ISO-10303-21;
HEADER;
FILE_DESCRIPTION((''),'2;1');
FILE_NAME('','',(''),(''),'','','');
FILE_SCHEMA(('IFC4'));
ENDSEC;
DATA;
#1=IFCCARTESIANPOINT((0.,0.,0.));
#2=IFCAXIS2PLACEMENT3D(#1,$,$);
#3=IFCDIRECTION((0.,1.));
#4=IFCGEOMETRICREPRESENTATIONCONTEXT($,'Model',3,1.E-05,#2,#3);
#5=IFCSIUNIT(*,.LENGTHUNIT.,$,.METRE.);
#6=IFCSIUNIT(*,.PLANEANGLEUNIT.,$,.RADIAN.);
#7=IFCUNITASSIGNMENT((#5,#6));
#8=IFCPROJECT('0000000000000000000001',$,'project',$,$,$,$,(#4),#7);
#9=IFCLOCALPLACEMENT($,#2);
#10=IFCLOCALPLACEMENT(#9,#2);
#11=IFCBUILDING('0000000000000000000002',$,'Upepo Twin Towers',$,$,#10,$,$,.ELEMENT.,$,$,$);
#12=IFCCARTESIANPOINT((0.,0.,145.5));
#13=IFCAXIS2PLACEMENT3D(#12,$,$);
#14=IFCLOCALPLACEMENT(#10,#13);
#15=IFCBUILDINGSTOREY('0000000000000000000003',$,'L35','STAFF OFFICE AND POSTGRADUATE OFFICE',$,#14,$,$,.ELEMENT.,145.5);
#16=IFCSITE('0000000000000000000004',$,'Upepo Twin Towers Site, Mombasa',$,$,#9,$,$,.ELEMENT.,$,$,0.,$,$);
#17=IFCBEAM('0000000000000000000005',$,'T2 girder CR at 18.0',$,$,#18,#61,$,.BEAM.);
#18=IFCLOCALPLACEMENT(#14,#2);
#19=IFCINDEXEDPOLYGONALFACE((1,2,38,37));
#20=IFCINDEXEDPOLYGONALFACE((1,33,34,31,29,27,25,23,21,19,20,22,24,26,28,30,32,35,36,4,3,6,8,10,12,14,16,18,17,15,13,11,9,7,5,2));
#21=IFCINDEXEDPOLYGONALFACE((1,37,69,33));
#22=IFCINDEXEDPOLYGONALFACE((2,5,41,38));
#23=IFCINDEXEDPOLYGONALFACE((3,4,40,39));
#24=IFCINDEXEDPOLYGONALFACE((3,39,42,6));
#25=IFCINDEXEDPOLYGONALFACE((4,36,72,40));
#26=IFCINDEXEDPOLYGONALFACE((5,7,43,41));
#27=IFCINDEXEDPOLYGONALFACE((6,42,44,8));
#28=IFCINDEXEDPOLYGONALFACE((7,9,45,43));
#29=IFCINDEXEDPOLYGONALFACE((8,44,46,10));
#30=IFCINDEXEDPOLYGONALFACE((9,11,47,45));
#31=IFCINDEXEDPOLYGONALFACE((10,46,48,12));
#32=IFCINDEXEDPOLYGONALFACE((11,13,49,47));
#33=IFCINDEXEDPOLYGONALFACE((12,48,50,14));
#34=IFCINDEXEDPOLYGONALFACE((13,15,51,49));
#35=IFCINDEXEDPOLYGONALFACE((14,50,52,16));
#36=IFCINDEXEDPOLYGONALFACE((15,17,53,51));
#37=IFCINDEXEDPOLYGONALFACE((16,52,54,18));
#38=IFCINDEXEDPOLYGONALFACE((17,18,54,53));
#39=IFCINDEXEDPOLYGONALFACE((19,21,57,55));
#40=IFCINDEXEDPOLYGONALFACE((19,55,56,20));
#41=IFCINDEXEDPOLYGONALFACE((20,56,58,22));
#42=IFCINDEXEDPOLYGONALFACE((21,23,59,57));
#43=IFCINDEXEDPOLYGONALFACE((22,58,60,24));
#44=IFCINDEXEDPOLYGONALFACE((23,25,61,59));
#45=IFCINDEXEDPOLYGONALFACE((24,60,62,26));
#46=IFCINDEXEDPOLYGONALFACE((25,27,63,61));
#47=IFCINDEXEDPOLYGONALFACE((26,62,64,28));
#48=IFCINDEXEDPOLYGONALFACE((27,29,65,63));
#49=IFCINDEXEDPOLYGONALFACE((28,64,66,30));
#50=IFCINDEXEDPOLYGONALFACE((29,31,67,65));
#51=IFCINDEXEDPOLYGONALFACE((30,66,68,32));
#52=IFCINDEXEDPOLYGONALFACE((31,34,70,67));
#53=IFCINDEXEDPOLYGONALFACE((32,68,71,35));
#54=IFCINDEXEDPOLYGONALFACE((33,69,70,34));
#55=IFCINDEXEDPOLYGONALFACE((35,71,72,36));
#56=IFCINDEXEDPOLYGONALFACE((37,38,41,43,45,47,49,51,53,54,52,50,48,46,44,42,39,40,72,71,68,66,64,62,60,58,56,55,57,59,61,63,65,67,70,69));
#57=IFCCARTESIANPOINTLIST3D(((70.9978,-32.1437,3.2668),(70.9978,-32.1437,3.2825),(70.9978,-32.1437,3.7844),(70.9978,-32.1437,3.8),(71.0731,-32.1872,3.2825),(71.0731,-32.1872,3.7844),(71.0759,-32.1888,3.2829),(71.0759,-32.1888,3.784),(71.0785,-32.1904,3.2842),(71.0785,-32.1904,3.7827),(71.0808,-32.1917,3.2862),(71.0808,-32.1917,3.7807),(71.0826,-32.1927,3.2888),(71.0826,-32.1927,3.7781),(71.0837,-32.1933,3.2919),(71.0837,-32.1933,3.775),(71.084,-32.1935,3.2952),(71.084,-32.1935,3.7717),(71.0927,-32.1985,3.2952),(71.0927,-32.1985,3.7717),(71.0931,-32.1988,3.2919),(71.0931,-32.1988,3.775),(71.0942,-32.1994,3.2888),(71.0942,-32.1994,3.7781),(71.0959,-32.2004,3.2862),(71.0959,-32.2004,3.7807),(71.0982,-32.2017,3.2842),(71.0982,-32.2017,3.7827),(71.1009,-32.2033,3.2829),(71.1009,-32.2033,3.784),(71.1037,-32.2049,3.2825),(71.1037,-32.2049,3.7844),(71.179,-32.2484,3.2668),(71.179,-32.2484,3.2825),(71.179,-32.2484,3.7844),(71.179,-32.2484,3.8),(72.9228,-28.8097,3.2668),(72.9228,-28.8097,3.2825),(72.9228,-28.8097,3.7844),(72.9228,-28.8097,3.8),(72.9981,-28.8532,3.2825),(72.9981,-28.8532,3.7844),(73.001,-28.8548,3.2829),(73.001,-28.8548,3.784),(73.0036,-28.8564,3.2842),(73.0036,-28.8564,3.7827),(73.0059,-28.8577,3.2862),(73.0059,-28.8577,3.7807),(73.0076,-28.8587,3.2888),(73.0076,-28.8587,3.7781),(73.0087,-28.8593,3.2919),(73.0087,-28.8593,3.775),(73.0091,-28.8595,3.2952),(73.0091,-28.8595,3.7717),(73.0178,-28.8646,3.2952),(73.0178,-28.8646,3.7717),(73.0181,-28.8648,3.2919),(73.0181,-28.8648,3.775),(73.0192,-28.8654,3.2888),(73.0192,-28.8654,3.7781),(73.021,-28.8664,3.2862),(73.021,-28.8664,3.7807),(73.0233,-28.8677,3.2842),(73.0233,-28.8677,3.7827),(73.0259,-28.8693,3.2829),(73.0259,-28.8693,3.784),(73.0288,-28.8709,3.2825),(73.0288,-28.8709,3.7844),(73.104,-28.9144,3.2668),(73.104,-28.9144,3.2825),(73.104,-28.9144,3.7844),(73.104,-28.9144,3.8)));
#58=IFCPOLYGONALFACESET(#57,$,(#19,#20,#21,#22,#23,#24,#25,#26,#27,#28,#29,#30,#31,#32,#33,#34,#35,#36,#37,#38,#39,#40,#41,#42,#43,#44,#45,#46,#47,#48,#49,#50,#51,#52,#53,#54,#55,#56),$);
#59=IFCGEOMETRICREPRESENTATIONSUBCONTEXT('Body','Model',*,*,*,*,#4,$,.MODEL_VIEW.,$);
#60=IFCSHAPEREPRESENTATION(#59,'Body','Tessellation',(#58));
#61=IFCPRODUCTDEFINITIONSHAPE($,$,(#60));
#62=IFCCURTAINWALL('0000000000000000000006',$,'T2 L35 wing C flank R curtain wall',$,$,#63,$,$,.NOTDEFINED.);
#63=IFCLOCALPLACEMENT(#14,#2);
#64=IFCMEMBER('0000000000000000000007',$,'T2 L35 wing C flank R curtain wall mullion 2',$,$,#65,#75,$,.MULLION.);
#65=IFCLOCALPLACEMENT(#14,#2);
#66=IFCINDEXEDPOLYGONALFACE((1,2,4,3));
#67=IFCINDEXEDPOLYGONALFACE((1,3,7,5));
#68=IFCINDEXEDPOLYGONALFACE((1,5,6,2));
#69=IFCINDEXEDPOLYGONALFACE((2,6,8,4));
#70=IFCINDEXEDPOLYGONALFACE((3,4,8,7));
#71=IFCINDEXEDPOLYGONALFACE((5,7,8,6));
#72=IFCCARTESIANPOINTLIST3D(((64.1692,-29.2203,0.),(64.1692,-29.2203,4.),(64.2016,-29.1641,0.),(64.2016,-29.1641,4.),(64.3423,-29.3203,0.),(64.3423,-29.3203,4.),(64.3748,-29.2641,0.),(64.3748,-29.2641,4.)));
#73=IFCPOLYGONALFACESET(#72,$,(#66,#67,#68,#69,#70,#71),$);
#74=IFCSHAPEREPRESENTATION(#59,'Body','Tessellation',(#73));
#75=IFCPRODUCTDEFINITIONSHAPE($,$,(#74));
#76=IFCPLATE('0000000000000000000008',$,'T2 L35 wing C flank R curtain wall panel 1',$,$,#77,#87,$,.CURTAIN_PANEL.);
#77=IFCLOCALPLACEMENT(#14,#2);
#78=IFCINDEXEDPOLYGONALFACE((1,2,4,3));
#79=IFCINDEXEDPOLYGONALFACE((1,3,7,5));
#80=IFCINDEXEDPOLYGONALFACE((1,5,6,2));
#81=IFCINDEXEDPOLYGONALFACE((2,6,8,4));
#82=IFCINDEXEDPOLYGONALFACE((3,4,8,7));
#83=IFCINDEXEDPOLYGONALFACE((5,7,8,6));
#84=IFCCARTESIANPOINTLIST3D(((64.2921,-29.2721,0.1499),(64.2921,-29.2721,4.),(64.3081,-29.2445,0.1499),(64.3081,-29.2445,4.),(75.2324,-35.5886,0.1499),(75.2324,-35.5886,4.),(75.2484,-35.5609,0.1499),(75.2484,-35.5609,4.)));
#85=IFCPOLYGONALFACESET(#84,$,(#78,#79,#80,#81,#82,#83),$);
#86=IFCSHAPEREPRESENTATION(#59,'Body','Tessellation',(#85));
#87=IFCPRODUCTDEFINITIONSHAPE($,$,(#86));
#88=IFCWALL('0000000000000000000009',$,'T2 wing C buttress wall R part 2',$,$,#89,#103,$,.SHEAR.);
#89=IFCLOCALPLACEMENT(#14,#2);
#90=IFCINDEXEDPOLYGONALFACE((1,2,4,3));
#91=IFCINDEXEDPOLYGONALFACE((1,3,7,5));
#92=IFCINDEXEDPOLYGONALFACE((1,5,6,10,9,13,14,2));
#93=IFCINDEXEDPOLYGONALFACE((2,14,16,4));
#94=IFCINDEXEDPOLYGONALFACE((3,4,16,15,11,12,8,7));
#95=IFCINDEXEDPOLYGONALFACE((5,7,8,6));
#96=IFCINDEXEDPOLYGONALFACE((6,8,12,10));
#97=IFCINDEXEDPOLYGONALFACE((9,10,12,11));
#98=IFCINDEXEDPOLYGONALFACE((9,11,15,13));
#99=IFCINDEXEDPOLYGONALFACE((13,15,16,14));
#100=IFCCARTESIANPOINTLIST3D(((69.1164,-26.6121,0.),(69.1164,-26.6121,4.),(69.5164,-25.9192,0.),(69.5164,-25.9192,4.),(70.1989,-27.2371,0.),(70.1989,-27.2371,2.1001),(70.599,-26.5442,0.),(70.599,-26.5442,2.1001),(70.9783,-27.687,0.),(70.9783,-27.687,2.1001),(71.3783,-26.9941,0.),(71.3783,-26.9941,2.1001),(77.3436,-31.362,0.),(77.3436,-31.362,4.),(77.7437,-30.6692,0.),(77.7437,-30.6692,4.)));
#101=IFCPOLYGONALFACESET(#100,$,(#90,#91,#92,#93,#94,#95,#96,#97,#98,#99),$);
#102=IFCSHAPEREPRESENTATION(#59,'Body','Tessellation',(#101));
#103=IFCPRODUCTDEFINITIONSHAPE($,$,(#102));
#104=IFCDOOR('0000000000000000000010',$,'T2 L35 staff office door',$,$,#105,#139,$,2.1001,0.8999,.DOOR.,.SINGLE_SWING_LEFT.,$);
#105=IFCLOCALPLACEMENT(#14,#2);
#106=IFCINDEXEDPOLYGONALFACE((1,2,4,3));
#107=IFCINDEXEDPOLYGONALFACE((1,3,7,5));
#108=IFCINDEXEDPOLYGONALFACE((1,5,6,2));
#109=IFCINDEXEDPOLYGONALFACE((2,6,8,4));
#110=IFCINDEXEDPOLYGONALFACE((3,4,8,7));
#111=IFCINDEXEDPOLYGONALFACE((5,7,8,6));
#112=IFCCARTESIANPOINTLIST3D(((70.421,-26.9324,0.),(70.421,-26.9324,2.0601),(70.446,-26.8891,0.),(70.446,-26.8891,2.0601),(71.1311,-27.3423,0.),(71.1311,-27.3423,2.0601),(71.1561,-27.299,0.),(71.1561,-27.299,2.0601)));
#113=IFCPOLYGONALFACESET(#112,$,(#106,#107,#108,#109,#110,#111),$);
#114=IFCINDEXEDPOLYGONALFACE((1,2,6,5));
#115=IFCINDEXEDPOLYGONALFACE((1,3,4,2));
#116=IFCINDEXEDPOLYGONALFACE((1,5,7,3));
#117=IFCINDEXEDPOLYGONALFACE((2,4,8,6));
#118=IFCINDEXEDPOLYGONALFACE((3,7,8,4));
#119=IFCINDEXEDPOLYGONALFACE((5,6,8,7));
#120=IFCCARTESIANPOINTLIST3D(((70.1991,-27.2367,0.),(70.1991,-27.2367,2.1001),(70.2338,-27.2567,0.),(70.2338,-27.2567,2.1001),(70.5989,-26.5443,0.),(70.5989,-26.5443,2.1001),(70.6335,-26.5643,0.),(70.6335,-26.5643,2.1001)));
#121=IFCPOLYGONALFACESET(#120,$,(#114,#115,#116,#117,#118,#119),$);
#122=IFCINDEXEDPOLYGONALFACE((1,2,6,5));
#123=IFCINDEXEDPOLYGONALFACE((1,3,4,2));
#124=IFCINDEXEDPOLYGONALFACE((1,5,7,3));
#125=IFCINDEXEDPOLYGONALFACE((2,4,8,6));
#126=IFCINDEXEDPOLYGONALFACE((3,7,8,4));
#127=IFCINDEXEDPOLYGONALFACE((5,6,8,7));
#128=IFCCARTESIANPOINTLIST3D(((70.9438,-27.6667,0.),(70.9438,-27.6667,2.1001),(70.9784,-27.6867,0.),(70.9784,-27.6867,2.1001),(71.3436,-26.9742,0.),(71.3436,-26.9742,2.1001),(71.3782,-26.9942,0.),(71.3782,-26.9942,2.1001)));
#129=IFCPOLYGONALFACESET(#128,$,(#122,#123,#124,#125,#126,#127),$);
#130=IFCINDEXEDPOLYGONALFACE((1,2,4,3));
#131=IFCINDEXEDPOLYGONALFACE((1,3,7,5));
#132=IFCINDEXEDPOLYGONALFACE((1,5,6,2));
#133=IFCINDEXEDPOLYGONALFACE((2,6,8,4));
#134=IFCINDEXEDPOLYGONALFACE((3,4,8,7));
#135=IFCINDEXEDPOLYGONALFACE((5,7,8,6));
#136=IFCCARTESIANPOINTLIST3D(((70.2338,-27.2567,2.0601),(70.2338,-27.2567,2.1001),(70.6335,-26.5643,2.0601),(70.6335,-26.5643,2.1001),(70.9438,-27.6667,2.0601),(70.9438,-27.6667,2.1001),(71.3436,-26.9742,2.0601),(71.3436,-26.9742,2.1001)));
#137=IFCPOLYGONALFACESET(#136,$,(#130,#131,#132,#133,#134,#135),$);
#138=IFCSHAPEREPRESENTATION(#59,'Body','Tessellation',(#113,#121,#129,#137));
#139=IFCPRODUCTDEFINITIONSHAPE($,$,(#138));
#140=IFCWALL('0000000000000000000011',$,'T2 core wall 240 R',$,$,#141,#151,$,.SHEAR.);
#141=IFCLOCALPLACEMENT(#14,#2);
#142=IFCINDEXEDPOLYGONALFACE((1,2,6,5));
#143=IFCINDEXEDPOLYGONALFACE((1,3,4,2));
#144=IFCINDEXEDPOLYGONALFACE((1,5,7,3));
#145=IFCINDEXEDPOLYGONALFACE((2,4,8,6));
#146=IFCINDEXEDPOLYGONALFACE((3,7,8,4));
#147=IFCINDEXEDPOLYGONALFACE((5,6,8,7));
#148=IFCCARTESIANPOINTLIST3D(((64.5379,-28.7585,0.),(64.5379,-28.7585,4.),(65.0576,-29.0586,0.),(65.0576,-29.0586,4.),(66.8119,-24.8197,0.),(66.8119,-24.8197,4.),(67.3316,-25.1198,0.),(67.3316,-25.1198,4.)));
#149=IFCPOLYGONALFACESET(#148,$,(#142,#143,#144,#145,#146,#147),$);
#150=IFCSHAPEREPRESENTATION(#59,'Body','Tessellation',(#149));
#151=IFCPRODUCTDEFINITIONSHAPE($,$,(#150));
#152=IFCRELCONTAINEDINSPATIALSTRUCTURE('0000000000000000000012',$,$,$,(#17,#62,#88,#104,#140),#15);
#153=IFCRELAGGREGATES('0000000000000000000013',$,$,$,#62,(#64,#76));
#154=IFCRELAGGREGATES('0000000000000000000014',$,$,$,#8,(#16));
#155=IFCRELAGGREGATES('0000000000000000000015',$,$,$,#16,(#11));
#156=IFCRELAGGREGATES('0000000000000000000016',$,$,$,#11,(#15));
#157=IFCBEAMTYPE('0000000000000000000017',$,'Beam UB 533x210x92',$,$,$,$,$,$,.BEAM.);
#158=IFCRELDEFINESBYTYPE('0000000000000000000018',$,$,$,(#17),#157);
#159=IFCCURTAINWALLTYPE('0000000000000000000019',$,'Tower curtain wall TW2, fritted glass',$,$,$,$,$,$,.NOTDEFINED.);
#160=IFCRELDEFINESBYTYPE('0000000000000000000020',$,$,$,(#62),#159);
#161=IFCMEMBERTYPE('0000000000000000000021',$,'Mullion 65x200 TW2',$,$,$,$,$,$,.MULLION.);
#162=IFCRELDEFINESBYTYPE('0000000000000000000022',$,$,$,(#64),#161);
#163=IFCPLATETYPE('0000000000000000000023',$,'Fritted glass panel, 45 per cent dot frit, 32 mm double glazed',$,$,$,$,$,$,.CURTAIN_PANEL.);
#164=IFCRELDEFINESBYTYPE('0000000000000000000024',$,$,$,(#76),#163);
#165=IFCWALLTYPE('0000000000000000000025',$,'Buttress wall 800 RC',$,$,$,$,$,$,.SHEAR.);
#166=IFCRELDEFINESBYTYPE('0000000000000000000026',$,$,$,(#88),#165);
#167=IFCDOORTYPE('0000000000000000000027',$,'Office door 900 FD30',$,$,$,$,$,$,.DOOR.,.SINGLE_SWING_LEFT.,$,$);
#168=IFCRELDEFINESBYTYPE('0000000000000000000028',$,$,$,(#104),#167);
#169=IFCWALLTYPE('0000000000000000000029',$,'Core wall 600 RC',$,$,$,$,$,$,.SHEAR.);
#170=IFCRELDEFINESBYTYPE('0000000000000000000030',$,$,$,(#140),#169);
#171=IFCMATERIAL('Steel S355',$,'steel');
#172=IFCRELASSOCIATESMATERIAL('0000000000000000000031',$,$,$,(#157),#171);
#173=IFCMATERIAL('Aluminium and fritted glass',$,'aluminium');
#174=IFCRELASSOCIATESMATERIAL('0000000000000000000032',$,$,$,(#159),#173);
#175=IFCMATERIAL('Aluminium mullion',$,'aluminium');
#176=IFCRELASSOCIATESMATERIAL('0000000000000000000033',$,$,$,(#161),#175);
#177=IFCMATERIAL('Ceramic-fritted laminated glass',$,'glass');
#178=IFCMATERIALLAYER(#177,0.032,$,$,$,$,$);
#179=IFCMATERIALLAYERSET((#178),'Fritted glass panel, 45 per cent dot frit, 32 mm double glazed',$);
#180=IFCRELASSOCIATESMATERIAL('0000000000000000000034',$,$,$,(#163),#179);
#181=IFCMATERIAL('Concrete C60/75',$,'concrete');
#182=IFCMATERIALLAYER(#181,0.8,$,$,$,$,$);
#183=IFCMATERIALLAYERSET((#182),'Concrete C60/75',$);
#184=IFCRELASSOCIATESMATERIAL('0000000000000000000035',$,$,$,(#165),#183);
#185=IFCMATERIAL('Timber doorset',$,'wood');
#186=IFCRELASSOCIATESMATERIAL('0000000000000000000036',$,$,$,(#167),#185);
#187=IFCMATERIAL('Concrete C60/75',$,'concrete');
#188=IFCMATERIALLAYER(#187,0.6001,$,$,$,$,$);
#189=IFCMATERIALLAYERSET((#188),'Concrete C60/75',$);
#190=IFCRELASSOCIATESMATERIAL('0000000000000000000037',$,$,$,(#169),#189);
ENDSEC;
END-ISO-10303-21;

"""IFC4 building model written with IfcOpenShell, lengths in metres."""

from ifc_helpers import new_model, si_unit, direction, frame, frame_2d, origin, origin_2d, place, context, subcontext, project, spatial, rectangle, i_section, extrude, material, layer, layer_set, material_profile, profile_set, type_object, element, fill, aggregate, save


model = new_model("IFC4")

# Units and contexts
model_context = context("Model", 3, precision=1e-05, world=origin(), true_north=direction((0.0, 1.0)))
body_context = subcontext(model_context, "Body", "Model", "MODEL_VIEW")
ifc_project = project(units=[si_unit("LENGTHUNIT", "METRE"), si_unit("PLANEANGLEUNIT", "RADIAN")], contexts=[model_context])

# Site, building, storey
site_placement = place(None, origin())
site = spatial("IfcSite", under=ifc_project, at=site_placement, Name="Upepo Twin Towers Site, Mombasa", CompositionType="ELEMENT", RefElevation=0.0)
building_placement = place(site_placement, origin())
building = spatial("IfcBuilding", under=site, at=building_placement, Name="Upepo Twin Towers", CompositionType="ELEMENT")
storey_placement = place(building_placement, frame((0.0, 0.0, 145.5)))
storey = spatial("IfcBuildingStorey", under=building, at=storey_placement, Name="L35", Description="STAFF OFFICE AND POSTGRADUATE OFFICE", CompositionType="ELEMENT", Elevation=145.5)

# Beam
ifc_material_1 = material(Name="Steel S355", Category="steel")
ifc_material_profile_1 = material_profile(ifc_material_1, i_section(OverallWidth=0.2092, OverallDepth=0.5332, WebThickness=0.01, FlangeThickness=0.0156, FilletRadius=0.0127, at=origin_2d()), Name="UB 533x210x92")
ifc_profile_set_1 = profile_set([ifc_material_profile_1], Name="Steel S355")
beam_type_1 = type_object("IfcBeamType", Name="Beam UB 533x210x92", PredefinedType="BEAM", material=ifc_profile_set_1)
for number, where, z_axis, x_axis, name in (
    (1, (71.0884, -32.196, 3.5334), (0.500034, 0.866006, 0.0), (-0.866006, 0.500034, 0.0), "T2 girder CR at 18.0"),
):
    element("IfcBeam", number, at=place(storey_placement, frame(where, z_axis=z_axis, x_axis=x_axis)), inside=storey, type_object=beam_type_1, Name=name, PredefinedType="BEAM", context=body_context, shape_type="SweptSolid", body=[
        extrude(i_section(OverallWidth=0.2092, OverallDepth=0.5332, WebThickness=0.01, FlangeThickness=0.0156, FilletRadius=0.0127, at=origin_2d()), origin(), (0.0, 0.0, 1.0), 3.8499),
    ])

# Curtain wall, member, plate
ifc_material_2 = material(Name="Aluminium and fritted glass", Category="aluminium")
curtain_wall_type = type_object("IfcCurtainWallType", Name="Tower curtain wall TW2, fritted glass", PredefinedType="NOTDEFINED", material=ifc_material_2)
curtain_wall_placement = place(storey_placement, origin())
curtain_wall = element("IfcCurtainWall", 2, at=curtain_wall_placement, inside=storey, type_object=curtain_wall_type, Name="T2 L35 wing C flank R curtain wall", PredefinedType="NOTDEFINED")
ifc_material_3 = material(Name="Aluminium mullion", Category="aluminium")
ifc_material_profile_2 = material_profile(ifc_material_3, rectangle(XDim=0.0649, YDim=0.2, at=origin_2d()), Name="MULLION 65x200")
ifc_profile_set_2 = profile_set([ifc_material_profile_2], Name="Aluminium mullion")
member_type = type_object("IfcMemberType", Name="Mullion 65x200 TW2", PredefinedType="MULLION", material=ifc_profile_set_2)
member_placement = place(storey_placement, frame((64.272, -29.2422, 0.0), z_axis=(0.0, 0.0, 1.0), x_axis=(-0.5, -0.866025, 0.0)))
member = element("IfcMember", 3, at=member_placement, type_object=member_type, Name="T2 L35 wing C flank R curtain wall mullion 2", PredefinedType="MULLION", context=body_context, shape_type="SweptSolid", body=[
    extrude(rectangle(XDim=0.0649, YDim=0.2, at=origin_2d()), origin(), (0.0, 0.0, 1.0), 4.0),
])
ifc_material_4 = material(Name="Ceramic-fritted laminated glass", Category="glass")
ifc_layer_1 = layer(ifc_material_4, 0.032)
ifc_layer_set_1 = layer_set([ifc_layer_1], Name="Fritted glass panel, 45 per cent dot frit, 32 mm double glazed")
plate_type = type_object("IfcPlateType", Name="Fritted glass panel, 45 per cent dot frit, 32 mm double glazed", PredefinedType="CURTAIN_PANEL", material=ifc_layer_set_1)
plate_placement = place(storey_placement, frame((69.7703, -32.4165, 0.1499), z_axis=(0.0, 0.0, 1.0), x_axis=(-0.866025, 0.5, 0.0)))
plate = element("IfcPlate", 4, at=plate_placement, type_object=plate_type, Name="T2 L35 wing C flank R curtain wall panel 1", PredefinedType="CURTAIN_PANEL", context=body_context, shape_type="SweptSolid", body=[
    extrude(rectangle(XDim=12.6328, YDim=0.032, at=origin_2d()), origin(), (0.0, 0.0, 1.0), 3.8501),
])
aggregate(curtain_wall, [member, plate])

# Wall, opening, door
ifc_material_5 = material(Name="Concrete C60/75", Category="concrete")
ifc_layer_2 = layer(ifc_material_5, 0.8)
ifc_layer_set_2 = layer_set([ifc_layer_2], Name="Concrete C60/75")
wall_type_1 = type_object("IfcWallType", Name="Buttress wall 800 RC", PredefinedType="SHEAR", material=ifc_layer_set_2)
wall_1_placement = place(storey_placement, frame((69.3164, -26.2656, 0.0), z_axis=(0.0, 0.0, 1.0), x_axis=(0.866027, -0.499998, 0.0)))
wall_1 = element("IfcWall", 5, at=wall_1_placement, inside=storey, type_object=wall_type_1, Name="T2 wing C buttress wall R part 2", PredefinedType="SHEAR", context=body_context, shape_type="SweptSolid", body=[
    extrude(rectangle(XDim=9.5, YDim=0.8, at=frame_2d((4.75, 0.0))), origin(), (0.0, 0.0, 1.0), 4.0),
])
opening_1_placement = place(wall_1_placement, frame((1.25, 0.0, 0.0)))
opening_1 = element("IfcOpeningElement", 6, at=opening_1_placement, cuts=wall_1, PredefinedType="OPENING", context=body_context, shape_type="SweptSolid", body=[
    extrude(rectangle(XDim=0.8999, YDim=2.1001, at=frame_2d((0.45, 1.05))), frame((0.0, 0.4099, 0.0), z_axis=(0.0, -1.0, 0.0), x_axis=(1.0, 0.0, 0.0)), (0.0, 0.0, 1.0), 0.8201),
])
ifc_material_6 = material(Name="Timber doorset", Category="wood")
door_type_1 = type_object("IfcDoorType", Name="Office door 900 FD30", OperationType="SINGLE_SWING_LEFT", PredefinedType="DOOR", material=ifc_material_6)
door_1_placement = place(opening_1_placement, origin())
door_1 = element("IfcDoor", 7, at=door_1_placement, inside=storey, type_object=door_type_1, Name="T2 L35 staff office door", OperationType="SINGLE_SWING_LEFT", OverallHeight=2.1001, OverallWidth=0.8999, PredefinedType="DOOR", context=body_context, shape_type="SweptSolid", body=[
    extrude(rectangle(XDim=0.8199, YDim=2.0601, at=frame_2d((0.45, 1.03))), frame((0.0, 0.0249, 0.0), z_axis=(0.0, -1.0, 0.0), x_axis=(1.0, 0.0, 0.0)), (0.0, 0.0, 1.0), 0.05),
    extrude(rectangle(XDim=0.04, YDim=2.1001, at=frame_2d((0.02, 1.05))), frame((0.0, 0.3999, 0.0), z_axis=(0.0, -1.0, 0.0), x_axis=(1.0, 0.0, 0.0)), (0.0, 0.0, 1.0), 0.7996),
    extrude(rectangle(XDim=0.04, YDim=2.1001, at=frame_2d((0.8799, 1.05))), frame((0.0, 0.3999, 0.0), z_axis=(0.0, -1.0, 0.0), x_axis=(1.0, 0.0, 0.0)), (0.0, 0.0, 1.0), 0.7996),
    extrude(rectangle(XDim=0.8199, YDim=0.04, at=frame_2d((0.45, 2.0801))), frame((0.0, 0.3999, 0.0), z_axis=(0.0, -1.0, 0.0), x_axis=(1.0, 0.0, 0.0)), (0.0, 0.0, 1.0), 0.7996),
])
fill(opening_1, door_1)

# Wall
ifc_material_7 = material(Name="Concrete C60/75", Category="concrete")
ifc_layer_3 = layer(ifc_material_7, 0.6001)
ifc_layer_set_3 = layer_set([ifc_layer_3], Name="Concrete C60/75")
wall_type_2 = type_object("IfcWallType", Name="Core wall 600 RC", PredefinedType="SHEAR", material=ifc_layer_set_3)
wall_2_placement = place(storey_placement, frame((64.7979, -28.9084, 0.0), z_axis=(0.0, 0.0, 1.0), x_axis=(0.499984, 0.866035, 0.0)))
element("IfcWall", 8, at=wall_2_placement, inside=storey, type_object=wall_type_2, Name="T2 core wall 240 R", PredefinedType="SHEAR", context=body_context, shape_type="SweptSolid", body=[
    extrude(rectangle(XDim=4.5481, YDim=0.6001, at=frame_2d((2.2739, 0.0))), origin(), (0.0, 0.0, 1.0), 4.0),
])

save(model, "model.ifc")
